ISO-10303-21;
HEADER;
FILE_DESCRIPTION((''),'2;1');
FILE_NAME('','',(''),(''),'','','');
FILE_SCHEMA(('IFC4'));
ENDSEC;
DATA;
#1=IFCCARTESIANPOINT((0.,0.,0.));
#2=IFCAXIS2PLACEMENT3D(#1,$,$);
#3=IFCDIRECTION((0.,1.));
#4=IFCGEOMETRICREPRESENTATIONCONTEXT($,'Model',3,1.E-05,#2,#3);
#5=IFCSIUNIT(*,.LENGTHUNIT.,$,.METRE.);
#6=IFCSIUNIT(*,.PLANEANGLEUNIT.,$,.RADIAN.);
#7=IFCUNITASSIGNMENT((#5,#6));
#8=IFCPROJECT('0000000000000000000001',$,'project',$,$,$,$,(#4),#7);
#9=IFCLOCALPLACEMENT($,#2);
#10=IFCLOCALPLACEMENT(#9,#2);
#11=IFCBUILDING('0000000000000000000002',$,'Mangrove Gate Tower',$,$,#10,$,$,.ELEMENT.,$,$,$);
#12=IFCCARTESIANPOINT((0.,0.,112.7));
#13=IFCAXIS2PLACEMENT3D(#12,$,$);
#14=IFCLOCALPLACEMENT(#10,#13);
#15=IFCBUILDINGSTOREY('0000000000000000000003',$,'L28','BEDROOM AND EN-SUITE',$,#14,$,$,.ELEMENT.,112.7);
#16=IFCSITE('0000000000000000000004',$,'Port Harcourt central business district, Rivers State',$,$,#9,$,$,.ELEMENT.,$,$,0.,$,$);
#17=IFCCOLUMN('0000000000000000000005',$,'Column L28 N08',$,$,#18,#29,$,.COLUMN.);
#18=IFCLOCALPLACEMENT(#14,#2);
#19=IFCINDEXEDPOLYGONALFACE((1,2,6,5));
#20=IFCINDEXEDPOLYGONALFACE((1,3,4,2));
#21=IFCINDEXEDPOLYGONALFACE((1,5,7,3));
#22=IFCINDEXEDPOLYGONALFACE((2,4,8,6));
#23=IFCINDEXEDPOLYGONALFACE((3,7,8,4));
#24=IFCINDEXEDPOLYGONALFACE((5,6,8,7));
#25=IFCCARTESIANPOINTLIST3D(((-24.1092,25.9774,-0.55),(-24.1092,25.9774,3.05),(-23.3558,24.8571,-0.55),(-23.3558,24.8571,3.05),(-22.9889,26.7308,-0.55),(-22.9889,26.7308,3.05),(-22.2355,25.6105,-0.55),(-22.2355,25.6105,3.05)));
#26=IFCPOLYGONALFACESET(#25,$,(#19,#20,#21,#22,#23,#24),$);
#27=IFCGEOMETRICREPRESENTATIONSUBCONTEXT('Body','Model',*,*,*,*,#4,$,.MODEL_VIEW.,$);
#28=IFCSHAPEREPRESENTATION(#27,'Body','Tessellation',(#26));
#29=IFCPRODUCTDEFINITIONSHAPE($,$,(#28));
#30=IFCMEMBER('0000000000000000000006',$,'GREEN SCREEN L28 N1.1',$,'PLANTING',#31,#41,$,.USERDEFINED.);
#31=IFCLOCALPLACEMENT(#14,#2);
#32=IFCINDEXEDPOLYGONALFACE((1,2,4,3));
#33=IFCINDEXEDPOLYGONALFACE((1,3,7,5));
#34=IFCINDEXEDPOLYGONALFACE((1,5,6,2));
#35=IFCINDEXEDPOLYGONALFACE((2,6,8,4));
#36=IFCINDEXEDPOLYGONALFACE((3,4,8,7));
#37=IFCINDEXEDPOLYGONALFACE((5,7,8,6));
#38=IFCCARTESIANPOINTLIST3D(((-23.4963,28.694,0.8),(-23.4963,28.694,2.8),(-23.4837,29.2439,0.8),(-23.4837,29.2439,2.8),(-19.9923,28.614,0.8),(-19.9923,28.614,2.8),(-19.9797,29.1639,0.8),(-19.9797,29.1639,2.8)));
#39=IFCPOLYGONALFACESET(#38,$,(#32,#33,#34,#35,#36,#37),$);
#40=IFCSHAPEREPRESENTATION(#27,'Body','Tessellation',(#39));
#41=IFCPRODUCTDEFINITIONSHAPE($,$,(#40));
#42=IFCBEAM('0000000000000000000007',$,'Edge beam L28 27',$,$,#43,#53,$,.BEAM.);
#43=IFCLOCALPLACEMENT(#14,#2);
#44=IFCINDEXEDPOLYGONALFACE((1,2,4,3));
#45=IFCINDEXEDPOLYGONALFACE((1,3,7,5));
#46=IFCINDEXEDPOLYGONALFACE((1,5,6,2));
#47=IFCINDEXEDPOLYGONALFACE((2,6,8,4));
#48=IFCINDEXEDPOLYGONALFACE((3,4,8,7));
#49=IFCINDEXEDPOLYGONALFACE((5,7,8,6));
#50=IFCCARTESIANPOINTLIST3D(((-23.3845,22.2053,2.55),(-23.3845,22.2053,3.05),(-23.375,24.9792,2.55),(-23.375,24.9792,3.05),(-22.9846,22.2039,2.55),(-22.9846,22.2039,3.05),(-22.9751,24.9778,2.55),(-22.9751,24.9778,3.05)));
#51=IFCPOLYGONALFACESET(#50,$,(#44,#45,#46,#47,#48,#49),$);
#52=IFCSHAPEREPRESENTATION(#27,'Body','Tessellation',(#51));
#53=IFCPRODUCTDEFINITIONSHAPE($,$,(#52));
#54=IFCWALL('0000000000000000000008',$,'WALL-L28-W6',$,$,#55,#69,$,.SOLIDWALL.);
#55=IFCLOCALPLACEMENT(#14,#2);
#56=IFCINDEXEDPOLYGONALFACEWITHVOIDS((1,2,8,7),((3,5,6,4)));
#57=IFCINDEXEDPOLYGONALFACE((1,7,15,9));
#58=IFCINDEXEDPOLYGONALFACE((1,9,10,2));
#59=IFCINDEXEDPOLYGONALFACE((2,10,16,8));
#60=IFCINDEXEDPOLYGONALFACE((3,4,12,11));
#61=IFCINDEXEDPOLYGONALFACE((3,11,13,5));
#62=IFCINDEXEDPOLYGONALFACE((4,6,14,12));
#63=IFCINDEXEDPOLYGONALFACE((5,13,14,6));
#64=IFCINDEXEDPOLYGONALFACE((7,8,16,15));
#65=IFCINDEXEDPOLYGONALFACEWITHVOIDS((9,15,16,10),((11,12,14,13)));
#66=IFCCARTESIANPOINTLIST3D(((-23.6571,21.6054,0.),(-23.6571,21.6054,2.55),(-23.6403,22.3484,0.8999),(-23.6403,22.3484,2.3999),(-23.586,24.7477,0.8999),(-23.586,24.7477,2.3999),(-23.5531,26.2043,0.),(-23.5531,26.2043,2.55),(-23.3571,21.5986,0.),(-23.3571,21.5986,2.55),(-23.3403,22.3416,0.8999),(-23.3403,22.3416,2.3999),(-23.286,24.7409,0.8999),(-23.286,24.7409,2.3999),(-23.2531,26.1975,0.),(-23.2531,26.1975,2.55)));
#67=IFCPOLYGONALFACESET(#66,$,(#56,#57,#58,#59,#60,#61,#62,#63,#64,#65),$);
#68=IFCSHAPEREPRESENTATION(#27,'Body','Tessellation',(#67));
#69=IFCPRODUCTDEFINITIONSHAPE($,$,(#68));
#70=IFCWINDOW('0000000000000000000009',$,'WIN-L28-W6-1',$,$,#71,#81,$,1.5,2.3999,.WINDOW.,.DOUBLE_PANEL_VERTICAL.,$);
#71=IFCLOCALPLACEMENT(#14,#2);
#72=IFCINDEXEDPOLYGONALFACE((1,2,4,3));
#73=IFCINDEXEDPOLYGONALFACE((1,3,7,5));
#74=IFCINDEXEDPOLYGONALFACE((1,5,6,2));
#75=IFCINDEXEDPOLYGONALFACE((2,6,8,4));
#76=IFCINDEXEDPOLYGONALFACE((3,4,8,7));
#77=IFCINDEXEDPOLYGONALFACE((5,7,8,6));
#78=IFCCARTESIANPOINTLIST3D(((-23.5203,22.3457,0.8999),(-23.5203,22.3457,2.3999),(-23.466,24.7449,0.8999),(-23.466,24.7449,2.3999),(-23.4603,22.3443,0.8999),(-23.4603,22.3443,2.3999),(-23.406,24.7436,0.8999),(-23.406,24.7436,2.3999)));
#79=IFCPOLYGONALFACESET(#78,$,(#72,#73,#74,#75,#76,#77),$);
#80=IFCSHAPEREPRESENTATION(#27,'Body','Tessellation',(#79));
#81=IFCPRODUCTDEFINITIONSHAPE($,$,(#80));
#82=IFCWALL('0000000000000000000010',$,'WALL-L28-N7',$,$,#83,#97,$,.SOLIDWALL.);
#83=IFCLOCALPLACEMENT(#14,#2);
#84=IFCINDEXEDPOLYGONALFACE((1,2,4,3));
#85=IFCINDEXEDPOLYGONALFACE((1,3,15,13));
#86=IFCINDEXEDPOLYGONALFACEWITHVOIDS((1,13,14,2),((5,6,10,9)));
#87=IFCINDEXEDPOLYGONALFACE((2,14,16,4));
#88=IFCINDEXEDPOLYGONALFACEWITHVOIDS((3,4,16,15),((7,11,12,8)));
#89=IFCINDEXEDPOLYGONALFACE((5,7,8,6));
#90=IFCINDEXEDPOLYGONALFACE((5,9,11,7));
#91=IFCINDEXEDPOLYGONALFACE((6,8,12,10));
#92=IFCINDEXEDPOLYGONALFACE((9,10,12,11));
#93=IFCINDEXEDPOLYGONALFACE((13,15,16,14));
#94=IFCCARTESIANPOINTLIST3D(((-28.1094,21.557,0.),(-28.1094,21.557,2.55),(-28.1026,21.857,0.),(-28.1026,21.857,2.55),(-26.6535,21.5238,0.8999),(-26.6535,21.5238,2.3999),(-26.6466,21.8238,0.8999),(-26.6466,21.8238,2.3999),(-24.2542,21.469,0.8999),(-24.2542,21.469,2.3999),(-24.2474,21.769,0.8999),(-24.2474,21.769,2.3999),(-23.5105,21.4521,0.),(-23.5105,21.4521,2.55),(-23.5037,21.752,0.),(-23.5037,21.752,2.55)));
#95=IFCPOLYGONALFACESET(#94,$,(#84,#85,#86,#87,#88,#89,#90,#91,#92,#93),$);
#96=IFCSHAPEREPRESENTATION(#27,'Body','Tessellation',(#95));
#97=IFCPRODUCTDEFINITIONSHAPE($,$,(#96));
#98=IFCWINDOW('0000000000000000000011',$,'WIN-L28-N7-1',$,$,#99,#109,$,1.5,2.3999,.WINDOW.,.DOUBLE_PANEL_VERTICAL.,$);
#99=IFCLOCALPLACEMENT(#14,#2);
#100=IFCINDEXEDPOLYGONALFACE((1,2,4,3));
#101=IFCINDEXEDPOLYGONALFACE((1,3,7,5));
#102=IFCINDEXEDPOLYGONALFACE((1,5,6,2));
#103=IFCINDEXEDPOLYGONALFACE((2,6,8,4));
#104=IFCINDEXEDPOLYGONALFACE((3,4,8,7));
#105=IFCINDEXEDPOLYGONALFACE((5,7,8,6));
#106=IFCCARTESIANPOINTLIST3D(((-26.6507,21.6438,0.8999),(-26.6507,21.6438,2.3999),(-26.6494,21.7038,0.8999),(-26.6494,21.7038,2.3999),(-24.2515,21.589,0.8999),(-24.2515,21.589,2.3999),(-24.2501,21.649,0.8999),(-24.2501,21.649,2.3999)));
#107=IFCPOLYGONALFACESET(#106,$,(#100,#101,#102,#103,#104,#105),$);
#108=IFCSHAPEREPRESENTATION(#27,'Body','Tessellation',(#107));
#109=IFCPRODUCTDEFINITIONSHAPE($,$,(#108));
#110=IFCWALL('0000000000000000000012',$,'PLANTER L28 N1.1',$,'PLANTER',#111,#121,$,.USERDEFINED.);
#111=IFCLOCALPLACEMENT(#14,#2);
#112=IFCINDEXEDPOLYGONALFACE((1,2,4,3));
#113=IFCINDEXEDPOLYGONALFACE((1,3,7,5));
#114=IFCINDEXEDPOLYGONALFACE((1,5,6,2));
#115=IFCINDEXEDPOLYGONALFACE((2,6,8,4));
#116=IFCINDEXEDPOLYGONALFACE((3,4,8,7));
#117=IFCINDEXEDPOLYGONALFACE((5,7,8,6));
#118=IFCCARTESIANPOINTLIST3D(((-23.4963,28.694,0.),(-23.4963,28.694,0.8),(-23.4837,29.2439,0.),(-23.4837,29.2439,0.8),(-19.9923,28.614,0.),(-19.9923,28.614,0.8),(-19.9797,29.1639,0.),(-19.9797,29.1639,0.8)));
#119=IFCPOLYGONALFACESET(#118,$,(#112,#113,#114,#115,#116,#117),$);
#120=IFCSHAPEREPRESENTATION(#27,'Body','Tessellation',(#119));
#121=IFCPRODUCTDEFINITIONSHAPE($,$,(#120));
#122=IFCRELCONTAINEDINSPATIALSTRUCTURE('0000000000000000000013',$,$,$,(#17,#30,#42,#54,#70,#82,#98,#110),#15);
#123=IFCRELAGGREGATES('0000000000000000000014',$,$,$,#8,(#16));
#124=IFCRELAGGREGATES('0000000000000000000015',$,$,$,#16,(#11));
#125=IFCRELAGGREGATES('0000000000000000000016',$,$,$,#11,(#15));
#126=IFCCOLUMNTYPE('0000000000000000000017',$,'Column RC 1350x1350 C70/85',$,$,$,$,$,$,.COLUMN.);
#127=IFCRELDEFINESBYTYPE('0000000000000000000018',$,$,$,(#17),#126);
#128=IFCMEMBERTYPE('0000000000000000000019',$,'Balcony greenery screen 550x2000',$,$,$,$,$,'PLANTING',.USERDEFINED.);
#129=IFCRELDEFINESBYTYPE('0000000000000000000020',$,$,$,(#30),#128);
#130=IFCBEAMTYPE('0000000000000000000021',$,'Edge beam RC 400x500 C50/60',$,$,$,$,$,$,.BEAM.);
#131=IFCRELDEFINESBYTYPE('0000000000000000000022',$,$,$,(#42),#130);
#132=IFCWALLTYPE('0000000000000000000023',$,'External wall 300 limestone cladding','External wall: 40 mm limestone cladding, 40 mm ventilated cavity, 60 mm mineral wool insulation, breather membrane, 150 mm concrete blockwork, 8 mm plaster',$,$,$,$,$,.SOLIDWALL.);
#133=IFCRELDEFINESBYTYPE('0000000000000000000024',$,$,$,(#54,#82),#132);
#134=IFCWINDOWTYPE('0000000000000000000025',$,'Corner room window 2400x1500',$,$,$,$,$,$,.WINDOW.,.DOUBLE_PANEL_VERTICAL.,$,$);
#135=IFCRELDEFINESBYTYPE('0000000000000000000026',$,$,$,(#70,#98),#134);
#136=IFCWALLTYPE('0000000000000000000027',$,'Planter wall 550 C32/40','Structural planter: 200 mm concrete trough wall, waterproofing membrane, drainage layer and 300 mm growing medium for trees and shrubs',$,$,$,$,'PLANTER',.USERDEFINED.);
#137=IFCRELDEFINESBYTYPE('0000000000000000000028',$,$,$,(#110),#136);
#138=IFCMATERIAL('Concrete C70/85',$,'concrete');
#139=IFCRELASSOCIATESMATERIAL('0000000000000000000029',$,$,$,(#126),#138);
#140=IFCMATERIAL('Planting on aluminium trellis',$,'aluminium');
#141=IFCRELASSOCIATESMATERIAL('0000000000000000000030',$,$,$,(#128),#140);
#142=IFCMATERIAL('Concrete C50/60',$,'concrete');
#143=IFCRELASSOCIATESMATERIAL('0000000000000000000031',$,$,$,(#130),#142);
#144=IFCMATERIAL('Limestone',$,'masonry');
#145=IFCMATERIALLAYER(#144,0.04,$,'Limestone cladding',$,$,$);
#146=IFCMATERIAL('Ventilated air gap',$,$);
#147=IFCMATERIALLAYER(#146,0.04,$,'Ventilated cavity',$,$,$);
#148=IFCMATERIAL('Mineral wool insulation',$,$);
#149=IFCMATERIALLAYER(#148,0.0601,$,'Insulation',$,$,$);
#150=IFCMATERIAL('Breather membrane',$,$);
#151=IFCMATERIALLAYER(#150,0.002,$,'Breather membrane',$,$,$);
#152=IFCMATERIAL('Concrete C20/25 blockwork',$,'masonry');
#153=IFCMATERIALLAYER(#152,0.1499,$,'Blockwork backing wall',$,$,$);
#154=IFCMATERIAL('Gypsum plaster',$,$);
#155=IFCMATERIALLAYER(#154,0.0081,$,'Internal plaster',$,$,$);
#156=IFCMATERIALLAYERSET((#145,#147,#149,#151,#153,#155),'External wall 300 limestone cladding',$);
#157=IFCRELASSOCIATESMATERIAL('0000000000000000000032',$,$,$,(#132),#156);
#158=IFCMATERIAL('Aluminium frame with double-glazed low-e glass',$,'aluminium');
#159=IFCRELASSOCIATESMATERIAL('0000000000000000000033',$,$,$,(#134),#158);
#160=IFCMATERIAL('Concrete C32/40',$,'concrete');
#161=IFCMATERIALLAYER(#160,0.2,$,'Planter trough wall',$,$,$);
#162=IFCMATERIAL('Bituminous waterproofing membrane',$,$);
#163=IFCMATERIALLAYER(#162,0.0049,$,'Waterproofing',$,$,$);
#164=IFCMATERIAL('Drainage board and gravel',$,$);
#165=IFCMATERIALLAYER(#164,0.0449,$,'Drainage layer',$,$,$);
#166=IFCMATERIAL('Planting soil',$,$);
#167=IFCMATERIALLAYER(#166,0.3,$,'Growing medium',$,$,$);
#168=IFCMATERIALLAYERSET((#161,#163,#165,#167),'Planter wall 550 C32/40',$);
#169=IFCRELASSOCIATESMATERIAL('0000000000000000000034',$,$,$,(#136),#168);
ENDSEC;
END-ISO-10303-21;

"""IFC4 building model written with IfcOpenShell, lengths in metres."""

from ifc_helpers import new_model, si_unit, direction, frame, frame_2d, origin, origin_2d, place, context, subcontext, project, spatial, rectangle, extrude, material, layer, layer_set, material_profile, profile_set, type_object, element, fill, save


model = new_model("IFC4")

# Units and contexts
model_context = context("Model", 3, precision=1e-05, world=origin(), true_north=direction((0.0, 1.0)))
body_context = subcontext(model_context, "Body", "Model", "MODEL_VIEW")
ifc_project = project(units=[si_unit("LENGTHUNIT", "METRE"), si_unit("PLANEANGLEUNIT", "RADIAN")], contexts=[model_context])

# Site, building, storey
site_placement = place(None, origin())
site = spatial("IfcSite", under=ifc_project, at=site_placement, Name="Port Harcourt central business district, Rivers State", CompositionType="ELEMENT", RefElevation=0.0)
building_placement = place(site_placement, origin())
building = spatial("IfcBuilding", under=site, at=building_placement, Name="Mangrove Gate Tower", CompositionType="ELEMENT")
storey_placement = place(building_placement, frame((0.0, 0.0, 112.7)))
storey = spatial("IfcBuildingStorey", under=building, at=storey_placement, Name="L28", Description="BEDROOM AND EN-SUITE", CompositionType="ELEMENT", Elevation=112.7)

# Column
ifc_material_1 = material(Name="Concrete C70/85", Category="concrete")
ifc_material_profile_1 = material_profile(ifc_material_1, rectangle(XDim=1.3501, YDim=1.3501, at=origin_2d()))
ifc_profile_set_1 = profile_set([ifc_material_profile_1], Name="Concrete C70/85")
column_type = type_object("IfcColumnType", Name="Column RC 1350x1350 C70/85", PredefinedType="COLUMN", material=ifc_profile_set_1)
column_placement = place(storey_placement, frame((-23.1724, 25.7939, -0.55), z_axis=(0.0, 0.0, 1.0), x_axis=(-0.829826, -0.558023, 0.0)))
element("IfcColumn", 1, at=column_placement, inside=storey, type_object=column_type, Name="Column L28 N08", PredefinedType="COLUMN", context=body_context, shape_type="SweptSolid", body=[
    extrude(rectangle(XDim=1.3501, YDim=1.3501, at=origin_2d()), origin(), (0.0, 0.0, 1.0), 3.6001),
])

# Member
ifc_material_2 = material(Name="Planting on aluminium trellis", Category="aluminium")
ifc_material_profile_2 = material_profile(ifc_material_2, rectangle(XDim=0.55, YDim=2.0, at=origin_2d()))
ifc_profile_set_2 = profile_set([ifc_material_profile_2], Name="Planting on aluminium trellis")
member_type = type_object("IfcMemberType", Name="Balcony greenery screen 550x2000", ElementType="PLANTING", PredefinedType="USERDEFINED", material=ifc_profile_set_2)
member_placement = place(storey_placement, frame((-23.49, 28.969, 1.8), z_axis=(0.999739, -0.022848, 0.0), x_axis=(0.022848, 0.999739, 0.0)))
element("IfcMember", 2, at=member_placement, inside=storey, type_object=member_type, Name="GREEN SCREEN L28 N1.1", ObjectType="PLANTING", PredefinedType="USERDEFINED", context=body_context, shape_type="SweptSolid", body=[
    extrude(rectangle(XDim=0.55, YDim=2.0, at=origin_2d()), origin(), (0.0, 0.0, 1.0), 3.5049),
])

# Beam
ifc_material_3 = material(Name="Concrete C50/60", Category="concrete")
ifc_material_profile_3 = material_profile(ifc_material_3, rectangle(XDim=0.3999, YDim=0.5, at=origin_2d()))
ifc_profile_set_3 = profile_set([ifc_material_profile_3], Name="Concrete C50/60")
beam_type = type_object("IfcBeamType", Name="Edge beam RC 400x500 C50/60", PredefinedType="BEAM", material=ifc_profile_set_3)
beam_placement = place(storey_placement, frame((-23.175, 24.9785, 2.8), z_axis=(-0.003432, -0.999994, 0.0), x_axis=(0.999994, -0.003432, 0.0)))
element("IfcBeam", 3, at=beam_placement, inside=storey, type_object=beam_type, Name="Edge beam L28 27", PredefinedType="BEAM", context=body_context, shape_type="SweptSolid", body=[
    extrude(rectangle(XDim=0.3999, YDim=0.5, at=origin_2d()), origin(), (0.0, 0.0, 1.0), 2.7739),
])

# Walls, openings, windows
ifc_material_4 = material(Name="Limestone", Category="masonry")
ifc_layer_1 = layer(ifc_material_4, 0.04, Name="Limestone cladding")
ifc_material_5 = material(Name="Ventilated air gap")
ifc_layer_2 = layer(ifc_material_5, 0.04, Name="Ventilated cavity")
ifc_material_6 = material(Name="Mineral wool insulation")
ifc_layer_3 = layer(ifc_material_6, 0.0601, Name="Insulation")
ifc_material_7 = material(Name="Breather membrane")
ifc_layer_4 = layer(ifc_material_7, 0.002, Name="Breather membrane")
ifc_material_8 = material(Name="Concrete C20/25 blockwork", Category="masonry")
ifc_layer_5 = layer(ifc_material_8, 0.1499, Name="Blockwork backing wall")
ifc_material_9 = material(Name="Gypsum plaster")
ifc_layer_6 = layer(ifc_material_9, 0.0081, Name="Internal plaster")
ifc_layer_set_1 = layer_set([ifc_layer_1, ifc_layer_2, ifc_layer_3, ifc_layer_4, ifc_layer_5, ifc_layer_6], Name="External wall 300 limestone cladding")
wall_type_1 = type_object("IfcWallType", Name="External wall 300 limestone cladding", Description="External wall: 40 mm limestone cladding, 40 mm ventilated cavity, 60 mm mineral wool insulation, breather membrane, 150 mm concrete blockwork, 8 mm plaster", PredefinedType="SOLIDWALL", material=ifc_layer_set_1)
wall_1_placement = place(storey_placement, frame((-23.4031, 26.2009, 0.0), z_axis=(0.0, 0.0, 1.0), x_axis=(-0.022609, -0.999744, 0.0)))
wall_1 = element("IfcWall", 4, at=wall_1_placement, inside=storey, type_object=wall_type_1, Name="WALL-L28-W6", PredefinedType="SOLIDWALL", context=body_context, shape_type="SweptSolid", body=[
    extrude(rectangle(XDim=4.6001, YDim=0.3, at=frame_2d((2.3, 0.0))), origin(), (0.0, 0.0, 1.0), 2.55),
])
opening_1_placement = place(wall_1_placement, frame((1.457, 0.0, 0.8999)))
opening_1 = element("IfcOpeningElement", 5, at=opening_1_placement, cuts=wall_1, PredefinedType="OPENING", context=body_context, shape_type="SweptSolid", body=[
    extrude(rectangle(XDim=2.3999, YDim=1.5, at=frame_2d((1.2, 0.75))), frame((0.0, 0.1599, 0.0), z_axis=(0.0, -1.0, 0.0), x_axis=(1.0, 0.0, 0.0)), (0.0, 0.0, 1.0), 0.3201),
])
ifc_material_10 = material(Name="Aluminium frame with double-glazed low-e glass", Category="aluminium")
window_type = type_object("IfcWindowType", Name="Corner room window 2400x1500", PartitioningType="DOUBLE_PANEL_VERTICAL", PredefinedType="WINDOW", material=ifc_material_10)
window_1_placement = place(opening_1_placement, origin())
window_1 = element("IfcWindow", 6, at=window_1_placement, inside=storey, type_object=window_type, Name="WIN-L28-W6-1", OverallHeight=1.5, OverallWidth=2.3999, PartitioningType="DOUBLE_PANEL_VERTICAL", PredefinedType="WINDOW", context=body_context, shape_type="SweptSolid", body=[
    extrude(rectangle(XDim=2.3999, YDim=1.5, at=frame_2d((1.2, 0.75))), frame((0.0, 0.03, 0.0), z_axis=(0.0, -1.0, 0.0), x_axis=(1.0, 0.0, 0.0)), (0.0, 0.0, 1.0), 0.0601),
])
fill(opening_1, window_1)
wall_2_placement = place(storey_placement, frame((-23.5071, 21.6021, 0.0), z_axis=(0.0, 0.0, 1.0), x_axis=(-0.99974, 0.022821, 0.0)))
wall_2 = element("IfcWall", 7, at=wall_2_placement, inside=storey, type_object=wall_type_1, Name="WALL-L28-N7", PredefinedType="SOLIDWALL", context=body_context, shape_type="SweptSolid", body=[
    extrude(rectangle(XDim=4.6001, YDim=0.3, at=frame_2d((2.3, 0.0))), origin(), (0.0, 0.0, 1.0), 2.55),
])
opening_2_placement = place(wall_2_placement, frame((0.7439, 0.0, 0.8999)))
opening_2 = element("IfcOpeningElement", 8, at=opening_2_placement, cuts=wall_2, PredefinedType="OPENING", context=body_context, shape_type="SweptSolid", body=[
    extrude(rectangle(XDim=2.3999, YDim=1.5, at=frame_2d((1.2, 0.75))), frame((0.0, 0.1599, 0.0), z_axis=(0.0, -1.0, 0.0), x_axis=(1.0, 0.0, 0.0)), (0.0, 0.0, 1.0), 0.3201),
])
window_2_placement = place(opening_2_placement, origin())
window_2 = element("IfcWindow", 9, at=window_2_placement, inside=storey, type_object=window_type, Name="WIN-L28-N7-1", OverallHeight=1.5, OverallWidth=2.3999, PartitioningType="DOUBLE_PANEL_VERTICAL", PredefinedType="WINDOW", context=body_context, shape_type="SweptSolid", body=[
    extrude(rectangle(XDim=2.3999, YDim=1.5, at=frame_2d((1.2, 0.75))), frame((0.0, 0.03, 0.0), z_axis=(0.0, -1.0, 0.0), x_axis=(1.0, 0.0, 0.0)), (0.0, 0.0, 1.0), 0.0601),
])
fill(opening_2, window_2)

# Wall
ifc_material_11 = material(Name="Concrete C32/40", Category="concrete")
ifc_layer_7 = layer(ifc_material_11, 0.2, Name="Planter trough wall")
ifc_material_12 = material(Name="Bituminous waterproofing membrane")
ifc_layer_8 = layer(ifc_material_12, 0.0049, Name="Waterproofing")
ifc_material_13 = material(Name="Drainage board and gravel")
ifc_layer_9 = layer(ifc_material_13, 0.0449, Name="Drainage layer")
ifc_material_14 = material(Name="Planting soil")
ifc_layer_10 = layer(ifc_material_14, 0.3, Name="Growing medium")
ifc_layer_set_2 = layer_set([ifc_layer_7, ifc_layer_8, ifc_layer_9, ifc_layer_10], Name="Planter wall 550 C32/40")
wall_type_2 = type_object("IfcWallType", Name="Planter wall 550 C32/40", Description="Structural planter: 200 mm concrete trough wall, waterproofing membrane, drainage layer and 300 mm growing medium for trees and shrubs", ElementType="PLANTER", PredefinedType="USERDEFINED", material=ifc_layer_set_2)
wall_3_placement = place(storey_placement, frame((-23.49, 28.969, 0.0), z_axis=(0.0, 0.0, 1.0), x_axis=(0.999739, -0.022848, 0.0)))
element("IfcWall", 10, at=wall_3_placement, inside=storey, type_object=wall_type_2, Name="PLANTER L28 N1.1", ObjectType="PLANTER", PredefinedType="USERDEFINED", context=body_context, shape_type="SweptSolid", body=[
    extrude(rectangle(XDim=3.5049, YDim=0.55, at=frame_2d((1.7524, 0.0))), origin(), (0.0, 0.0, 1.0), 0.8),
])

save(model, "model.ifc")
